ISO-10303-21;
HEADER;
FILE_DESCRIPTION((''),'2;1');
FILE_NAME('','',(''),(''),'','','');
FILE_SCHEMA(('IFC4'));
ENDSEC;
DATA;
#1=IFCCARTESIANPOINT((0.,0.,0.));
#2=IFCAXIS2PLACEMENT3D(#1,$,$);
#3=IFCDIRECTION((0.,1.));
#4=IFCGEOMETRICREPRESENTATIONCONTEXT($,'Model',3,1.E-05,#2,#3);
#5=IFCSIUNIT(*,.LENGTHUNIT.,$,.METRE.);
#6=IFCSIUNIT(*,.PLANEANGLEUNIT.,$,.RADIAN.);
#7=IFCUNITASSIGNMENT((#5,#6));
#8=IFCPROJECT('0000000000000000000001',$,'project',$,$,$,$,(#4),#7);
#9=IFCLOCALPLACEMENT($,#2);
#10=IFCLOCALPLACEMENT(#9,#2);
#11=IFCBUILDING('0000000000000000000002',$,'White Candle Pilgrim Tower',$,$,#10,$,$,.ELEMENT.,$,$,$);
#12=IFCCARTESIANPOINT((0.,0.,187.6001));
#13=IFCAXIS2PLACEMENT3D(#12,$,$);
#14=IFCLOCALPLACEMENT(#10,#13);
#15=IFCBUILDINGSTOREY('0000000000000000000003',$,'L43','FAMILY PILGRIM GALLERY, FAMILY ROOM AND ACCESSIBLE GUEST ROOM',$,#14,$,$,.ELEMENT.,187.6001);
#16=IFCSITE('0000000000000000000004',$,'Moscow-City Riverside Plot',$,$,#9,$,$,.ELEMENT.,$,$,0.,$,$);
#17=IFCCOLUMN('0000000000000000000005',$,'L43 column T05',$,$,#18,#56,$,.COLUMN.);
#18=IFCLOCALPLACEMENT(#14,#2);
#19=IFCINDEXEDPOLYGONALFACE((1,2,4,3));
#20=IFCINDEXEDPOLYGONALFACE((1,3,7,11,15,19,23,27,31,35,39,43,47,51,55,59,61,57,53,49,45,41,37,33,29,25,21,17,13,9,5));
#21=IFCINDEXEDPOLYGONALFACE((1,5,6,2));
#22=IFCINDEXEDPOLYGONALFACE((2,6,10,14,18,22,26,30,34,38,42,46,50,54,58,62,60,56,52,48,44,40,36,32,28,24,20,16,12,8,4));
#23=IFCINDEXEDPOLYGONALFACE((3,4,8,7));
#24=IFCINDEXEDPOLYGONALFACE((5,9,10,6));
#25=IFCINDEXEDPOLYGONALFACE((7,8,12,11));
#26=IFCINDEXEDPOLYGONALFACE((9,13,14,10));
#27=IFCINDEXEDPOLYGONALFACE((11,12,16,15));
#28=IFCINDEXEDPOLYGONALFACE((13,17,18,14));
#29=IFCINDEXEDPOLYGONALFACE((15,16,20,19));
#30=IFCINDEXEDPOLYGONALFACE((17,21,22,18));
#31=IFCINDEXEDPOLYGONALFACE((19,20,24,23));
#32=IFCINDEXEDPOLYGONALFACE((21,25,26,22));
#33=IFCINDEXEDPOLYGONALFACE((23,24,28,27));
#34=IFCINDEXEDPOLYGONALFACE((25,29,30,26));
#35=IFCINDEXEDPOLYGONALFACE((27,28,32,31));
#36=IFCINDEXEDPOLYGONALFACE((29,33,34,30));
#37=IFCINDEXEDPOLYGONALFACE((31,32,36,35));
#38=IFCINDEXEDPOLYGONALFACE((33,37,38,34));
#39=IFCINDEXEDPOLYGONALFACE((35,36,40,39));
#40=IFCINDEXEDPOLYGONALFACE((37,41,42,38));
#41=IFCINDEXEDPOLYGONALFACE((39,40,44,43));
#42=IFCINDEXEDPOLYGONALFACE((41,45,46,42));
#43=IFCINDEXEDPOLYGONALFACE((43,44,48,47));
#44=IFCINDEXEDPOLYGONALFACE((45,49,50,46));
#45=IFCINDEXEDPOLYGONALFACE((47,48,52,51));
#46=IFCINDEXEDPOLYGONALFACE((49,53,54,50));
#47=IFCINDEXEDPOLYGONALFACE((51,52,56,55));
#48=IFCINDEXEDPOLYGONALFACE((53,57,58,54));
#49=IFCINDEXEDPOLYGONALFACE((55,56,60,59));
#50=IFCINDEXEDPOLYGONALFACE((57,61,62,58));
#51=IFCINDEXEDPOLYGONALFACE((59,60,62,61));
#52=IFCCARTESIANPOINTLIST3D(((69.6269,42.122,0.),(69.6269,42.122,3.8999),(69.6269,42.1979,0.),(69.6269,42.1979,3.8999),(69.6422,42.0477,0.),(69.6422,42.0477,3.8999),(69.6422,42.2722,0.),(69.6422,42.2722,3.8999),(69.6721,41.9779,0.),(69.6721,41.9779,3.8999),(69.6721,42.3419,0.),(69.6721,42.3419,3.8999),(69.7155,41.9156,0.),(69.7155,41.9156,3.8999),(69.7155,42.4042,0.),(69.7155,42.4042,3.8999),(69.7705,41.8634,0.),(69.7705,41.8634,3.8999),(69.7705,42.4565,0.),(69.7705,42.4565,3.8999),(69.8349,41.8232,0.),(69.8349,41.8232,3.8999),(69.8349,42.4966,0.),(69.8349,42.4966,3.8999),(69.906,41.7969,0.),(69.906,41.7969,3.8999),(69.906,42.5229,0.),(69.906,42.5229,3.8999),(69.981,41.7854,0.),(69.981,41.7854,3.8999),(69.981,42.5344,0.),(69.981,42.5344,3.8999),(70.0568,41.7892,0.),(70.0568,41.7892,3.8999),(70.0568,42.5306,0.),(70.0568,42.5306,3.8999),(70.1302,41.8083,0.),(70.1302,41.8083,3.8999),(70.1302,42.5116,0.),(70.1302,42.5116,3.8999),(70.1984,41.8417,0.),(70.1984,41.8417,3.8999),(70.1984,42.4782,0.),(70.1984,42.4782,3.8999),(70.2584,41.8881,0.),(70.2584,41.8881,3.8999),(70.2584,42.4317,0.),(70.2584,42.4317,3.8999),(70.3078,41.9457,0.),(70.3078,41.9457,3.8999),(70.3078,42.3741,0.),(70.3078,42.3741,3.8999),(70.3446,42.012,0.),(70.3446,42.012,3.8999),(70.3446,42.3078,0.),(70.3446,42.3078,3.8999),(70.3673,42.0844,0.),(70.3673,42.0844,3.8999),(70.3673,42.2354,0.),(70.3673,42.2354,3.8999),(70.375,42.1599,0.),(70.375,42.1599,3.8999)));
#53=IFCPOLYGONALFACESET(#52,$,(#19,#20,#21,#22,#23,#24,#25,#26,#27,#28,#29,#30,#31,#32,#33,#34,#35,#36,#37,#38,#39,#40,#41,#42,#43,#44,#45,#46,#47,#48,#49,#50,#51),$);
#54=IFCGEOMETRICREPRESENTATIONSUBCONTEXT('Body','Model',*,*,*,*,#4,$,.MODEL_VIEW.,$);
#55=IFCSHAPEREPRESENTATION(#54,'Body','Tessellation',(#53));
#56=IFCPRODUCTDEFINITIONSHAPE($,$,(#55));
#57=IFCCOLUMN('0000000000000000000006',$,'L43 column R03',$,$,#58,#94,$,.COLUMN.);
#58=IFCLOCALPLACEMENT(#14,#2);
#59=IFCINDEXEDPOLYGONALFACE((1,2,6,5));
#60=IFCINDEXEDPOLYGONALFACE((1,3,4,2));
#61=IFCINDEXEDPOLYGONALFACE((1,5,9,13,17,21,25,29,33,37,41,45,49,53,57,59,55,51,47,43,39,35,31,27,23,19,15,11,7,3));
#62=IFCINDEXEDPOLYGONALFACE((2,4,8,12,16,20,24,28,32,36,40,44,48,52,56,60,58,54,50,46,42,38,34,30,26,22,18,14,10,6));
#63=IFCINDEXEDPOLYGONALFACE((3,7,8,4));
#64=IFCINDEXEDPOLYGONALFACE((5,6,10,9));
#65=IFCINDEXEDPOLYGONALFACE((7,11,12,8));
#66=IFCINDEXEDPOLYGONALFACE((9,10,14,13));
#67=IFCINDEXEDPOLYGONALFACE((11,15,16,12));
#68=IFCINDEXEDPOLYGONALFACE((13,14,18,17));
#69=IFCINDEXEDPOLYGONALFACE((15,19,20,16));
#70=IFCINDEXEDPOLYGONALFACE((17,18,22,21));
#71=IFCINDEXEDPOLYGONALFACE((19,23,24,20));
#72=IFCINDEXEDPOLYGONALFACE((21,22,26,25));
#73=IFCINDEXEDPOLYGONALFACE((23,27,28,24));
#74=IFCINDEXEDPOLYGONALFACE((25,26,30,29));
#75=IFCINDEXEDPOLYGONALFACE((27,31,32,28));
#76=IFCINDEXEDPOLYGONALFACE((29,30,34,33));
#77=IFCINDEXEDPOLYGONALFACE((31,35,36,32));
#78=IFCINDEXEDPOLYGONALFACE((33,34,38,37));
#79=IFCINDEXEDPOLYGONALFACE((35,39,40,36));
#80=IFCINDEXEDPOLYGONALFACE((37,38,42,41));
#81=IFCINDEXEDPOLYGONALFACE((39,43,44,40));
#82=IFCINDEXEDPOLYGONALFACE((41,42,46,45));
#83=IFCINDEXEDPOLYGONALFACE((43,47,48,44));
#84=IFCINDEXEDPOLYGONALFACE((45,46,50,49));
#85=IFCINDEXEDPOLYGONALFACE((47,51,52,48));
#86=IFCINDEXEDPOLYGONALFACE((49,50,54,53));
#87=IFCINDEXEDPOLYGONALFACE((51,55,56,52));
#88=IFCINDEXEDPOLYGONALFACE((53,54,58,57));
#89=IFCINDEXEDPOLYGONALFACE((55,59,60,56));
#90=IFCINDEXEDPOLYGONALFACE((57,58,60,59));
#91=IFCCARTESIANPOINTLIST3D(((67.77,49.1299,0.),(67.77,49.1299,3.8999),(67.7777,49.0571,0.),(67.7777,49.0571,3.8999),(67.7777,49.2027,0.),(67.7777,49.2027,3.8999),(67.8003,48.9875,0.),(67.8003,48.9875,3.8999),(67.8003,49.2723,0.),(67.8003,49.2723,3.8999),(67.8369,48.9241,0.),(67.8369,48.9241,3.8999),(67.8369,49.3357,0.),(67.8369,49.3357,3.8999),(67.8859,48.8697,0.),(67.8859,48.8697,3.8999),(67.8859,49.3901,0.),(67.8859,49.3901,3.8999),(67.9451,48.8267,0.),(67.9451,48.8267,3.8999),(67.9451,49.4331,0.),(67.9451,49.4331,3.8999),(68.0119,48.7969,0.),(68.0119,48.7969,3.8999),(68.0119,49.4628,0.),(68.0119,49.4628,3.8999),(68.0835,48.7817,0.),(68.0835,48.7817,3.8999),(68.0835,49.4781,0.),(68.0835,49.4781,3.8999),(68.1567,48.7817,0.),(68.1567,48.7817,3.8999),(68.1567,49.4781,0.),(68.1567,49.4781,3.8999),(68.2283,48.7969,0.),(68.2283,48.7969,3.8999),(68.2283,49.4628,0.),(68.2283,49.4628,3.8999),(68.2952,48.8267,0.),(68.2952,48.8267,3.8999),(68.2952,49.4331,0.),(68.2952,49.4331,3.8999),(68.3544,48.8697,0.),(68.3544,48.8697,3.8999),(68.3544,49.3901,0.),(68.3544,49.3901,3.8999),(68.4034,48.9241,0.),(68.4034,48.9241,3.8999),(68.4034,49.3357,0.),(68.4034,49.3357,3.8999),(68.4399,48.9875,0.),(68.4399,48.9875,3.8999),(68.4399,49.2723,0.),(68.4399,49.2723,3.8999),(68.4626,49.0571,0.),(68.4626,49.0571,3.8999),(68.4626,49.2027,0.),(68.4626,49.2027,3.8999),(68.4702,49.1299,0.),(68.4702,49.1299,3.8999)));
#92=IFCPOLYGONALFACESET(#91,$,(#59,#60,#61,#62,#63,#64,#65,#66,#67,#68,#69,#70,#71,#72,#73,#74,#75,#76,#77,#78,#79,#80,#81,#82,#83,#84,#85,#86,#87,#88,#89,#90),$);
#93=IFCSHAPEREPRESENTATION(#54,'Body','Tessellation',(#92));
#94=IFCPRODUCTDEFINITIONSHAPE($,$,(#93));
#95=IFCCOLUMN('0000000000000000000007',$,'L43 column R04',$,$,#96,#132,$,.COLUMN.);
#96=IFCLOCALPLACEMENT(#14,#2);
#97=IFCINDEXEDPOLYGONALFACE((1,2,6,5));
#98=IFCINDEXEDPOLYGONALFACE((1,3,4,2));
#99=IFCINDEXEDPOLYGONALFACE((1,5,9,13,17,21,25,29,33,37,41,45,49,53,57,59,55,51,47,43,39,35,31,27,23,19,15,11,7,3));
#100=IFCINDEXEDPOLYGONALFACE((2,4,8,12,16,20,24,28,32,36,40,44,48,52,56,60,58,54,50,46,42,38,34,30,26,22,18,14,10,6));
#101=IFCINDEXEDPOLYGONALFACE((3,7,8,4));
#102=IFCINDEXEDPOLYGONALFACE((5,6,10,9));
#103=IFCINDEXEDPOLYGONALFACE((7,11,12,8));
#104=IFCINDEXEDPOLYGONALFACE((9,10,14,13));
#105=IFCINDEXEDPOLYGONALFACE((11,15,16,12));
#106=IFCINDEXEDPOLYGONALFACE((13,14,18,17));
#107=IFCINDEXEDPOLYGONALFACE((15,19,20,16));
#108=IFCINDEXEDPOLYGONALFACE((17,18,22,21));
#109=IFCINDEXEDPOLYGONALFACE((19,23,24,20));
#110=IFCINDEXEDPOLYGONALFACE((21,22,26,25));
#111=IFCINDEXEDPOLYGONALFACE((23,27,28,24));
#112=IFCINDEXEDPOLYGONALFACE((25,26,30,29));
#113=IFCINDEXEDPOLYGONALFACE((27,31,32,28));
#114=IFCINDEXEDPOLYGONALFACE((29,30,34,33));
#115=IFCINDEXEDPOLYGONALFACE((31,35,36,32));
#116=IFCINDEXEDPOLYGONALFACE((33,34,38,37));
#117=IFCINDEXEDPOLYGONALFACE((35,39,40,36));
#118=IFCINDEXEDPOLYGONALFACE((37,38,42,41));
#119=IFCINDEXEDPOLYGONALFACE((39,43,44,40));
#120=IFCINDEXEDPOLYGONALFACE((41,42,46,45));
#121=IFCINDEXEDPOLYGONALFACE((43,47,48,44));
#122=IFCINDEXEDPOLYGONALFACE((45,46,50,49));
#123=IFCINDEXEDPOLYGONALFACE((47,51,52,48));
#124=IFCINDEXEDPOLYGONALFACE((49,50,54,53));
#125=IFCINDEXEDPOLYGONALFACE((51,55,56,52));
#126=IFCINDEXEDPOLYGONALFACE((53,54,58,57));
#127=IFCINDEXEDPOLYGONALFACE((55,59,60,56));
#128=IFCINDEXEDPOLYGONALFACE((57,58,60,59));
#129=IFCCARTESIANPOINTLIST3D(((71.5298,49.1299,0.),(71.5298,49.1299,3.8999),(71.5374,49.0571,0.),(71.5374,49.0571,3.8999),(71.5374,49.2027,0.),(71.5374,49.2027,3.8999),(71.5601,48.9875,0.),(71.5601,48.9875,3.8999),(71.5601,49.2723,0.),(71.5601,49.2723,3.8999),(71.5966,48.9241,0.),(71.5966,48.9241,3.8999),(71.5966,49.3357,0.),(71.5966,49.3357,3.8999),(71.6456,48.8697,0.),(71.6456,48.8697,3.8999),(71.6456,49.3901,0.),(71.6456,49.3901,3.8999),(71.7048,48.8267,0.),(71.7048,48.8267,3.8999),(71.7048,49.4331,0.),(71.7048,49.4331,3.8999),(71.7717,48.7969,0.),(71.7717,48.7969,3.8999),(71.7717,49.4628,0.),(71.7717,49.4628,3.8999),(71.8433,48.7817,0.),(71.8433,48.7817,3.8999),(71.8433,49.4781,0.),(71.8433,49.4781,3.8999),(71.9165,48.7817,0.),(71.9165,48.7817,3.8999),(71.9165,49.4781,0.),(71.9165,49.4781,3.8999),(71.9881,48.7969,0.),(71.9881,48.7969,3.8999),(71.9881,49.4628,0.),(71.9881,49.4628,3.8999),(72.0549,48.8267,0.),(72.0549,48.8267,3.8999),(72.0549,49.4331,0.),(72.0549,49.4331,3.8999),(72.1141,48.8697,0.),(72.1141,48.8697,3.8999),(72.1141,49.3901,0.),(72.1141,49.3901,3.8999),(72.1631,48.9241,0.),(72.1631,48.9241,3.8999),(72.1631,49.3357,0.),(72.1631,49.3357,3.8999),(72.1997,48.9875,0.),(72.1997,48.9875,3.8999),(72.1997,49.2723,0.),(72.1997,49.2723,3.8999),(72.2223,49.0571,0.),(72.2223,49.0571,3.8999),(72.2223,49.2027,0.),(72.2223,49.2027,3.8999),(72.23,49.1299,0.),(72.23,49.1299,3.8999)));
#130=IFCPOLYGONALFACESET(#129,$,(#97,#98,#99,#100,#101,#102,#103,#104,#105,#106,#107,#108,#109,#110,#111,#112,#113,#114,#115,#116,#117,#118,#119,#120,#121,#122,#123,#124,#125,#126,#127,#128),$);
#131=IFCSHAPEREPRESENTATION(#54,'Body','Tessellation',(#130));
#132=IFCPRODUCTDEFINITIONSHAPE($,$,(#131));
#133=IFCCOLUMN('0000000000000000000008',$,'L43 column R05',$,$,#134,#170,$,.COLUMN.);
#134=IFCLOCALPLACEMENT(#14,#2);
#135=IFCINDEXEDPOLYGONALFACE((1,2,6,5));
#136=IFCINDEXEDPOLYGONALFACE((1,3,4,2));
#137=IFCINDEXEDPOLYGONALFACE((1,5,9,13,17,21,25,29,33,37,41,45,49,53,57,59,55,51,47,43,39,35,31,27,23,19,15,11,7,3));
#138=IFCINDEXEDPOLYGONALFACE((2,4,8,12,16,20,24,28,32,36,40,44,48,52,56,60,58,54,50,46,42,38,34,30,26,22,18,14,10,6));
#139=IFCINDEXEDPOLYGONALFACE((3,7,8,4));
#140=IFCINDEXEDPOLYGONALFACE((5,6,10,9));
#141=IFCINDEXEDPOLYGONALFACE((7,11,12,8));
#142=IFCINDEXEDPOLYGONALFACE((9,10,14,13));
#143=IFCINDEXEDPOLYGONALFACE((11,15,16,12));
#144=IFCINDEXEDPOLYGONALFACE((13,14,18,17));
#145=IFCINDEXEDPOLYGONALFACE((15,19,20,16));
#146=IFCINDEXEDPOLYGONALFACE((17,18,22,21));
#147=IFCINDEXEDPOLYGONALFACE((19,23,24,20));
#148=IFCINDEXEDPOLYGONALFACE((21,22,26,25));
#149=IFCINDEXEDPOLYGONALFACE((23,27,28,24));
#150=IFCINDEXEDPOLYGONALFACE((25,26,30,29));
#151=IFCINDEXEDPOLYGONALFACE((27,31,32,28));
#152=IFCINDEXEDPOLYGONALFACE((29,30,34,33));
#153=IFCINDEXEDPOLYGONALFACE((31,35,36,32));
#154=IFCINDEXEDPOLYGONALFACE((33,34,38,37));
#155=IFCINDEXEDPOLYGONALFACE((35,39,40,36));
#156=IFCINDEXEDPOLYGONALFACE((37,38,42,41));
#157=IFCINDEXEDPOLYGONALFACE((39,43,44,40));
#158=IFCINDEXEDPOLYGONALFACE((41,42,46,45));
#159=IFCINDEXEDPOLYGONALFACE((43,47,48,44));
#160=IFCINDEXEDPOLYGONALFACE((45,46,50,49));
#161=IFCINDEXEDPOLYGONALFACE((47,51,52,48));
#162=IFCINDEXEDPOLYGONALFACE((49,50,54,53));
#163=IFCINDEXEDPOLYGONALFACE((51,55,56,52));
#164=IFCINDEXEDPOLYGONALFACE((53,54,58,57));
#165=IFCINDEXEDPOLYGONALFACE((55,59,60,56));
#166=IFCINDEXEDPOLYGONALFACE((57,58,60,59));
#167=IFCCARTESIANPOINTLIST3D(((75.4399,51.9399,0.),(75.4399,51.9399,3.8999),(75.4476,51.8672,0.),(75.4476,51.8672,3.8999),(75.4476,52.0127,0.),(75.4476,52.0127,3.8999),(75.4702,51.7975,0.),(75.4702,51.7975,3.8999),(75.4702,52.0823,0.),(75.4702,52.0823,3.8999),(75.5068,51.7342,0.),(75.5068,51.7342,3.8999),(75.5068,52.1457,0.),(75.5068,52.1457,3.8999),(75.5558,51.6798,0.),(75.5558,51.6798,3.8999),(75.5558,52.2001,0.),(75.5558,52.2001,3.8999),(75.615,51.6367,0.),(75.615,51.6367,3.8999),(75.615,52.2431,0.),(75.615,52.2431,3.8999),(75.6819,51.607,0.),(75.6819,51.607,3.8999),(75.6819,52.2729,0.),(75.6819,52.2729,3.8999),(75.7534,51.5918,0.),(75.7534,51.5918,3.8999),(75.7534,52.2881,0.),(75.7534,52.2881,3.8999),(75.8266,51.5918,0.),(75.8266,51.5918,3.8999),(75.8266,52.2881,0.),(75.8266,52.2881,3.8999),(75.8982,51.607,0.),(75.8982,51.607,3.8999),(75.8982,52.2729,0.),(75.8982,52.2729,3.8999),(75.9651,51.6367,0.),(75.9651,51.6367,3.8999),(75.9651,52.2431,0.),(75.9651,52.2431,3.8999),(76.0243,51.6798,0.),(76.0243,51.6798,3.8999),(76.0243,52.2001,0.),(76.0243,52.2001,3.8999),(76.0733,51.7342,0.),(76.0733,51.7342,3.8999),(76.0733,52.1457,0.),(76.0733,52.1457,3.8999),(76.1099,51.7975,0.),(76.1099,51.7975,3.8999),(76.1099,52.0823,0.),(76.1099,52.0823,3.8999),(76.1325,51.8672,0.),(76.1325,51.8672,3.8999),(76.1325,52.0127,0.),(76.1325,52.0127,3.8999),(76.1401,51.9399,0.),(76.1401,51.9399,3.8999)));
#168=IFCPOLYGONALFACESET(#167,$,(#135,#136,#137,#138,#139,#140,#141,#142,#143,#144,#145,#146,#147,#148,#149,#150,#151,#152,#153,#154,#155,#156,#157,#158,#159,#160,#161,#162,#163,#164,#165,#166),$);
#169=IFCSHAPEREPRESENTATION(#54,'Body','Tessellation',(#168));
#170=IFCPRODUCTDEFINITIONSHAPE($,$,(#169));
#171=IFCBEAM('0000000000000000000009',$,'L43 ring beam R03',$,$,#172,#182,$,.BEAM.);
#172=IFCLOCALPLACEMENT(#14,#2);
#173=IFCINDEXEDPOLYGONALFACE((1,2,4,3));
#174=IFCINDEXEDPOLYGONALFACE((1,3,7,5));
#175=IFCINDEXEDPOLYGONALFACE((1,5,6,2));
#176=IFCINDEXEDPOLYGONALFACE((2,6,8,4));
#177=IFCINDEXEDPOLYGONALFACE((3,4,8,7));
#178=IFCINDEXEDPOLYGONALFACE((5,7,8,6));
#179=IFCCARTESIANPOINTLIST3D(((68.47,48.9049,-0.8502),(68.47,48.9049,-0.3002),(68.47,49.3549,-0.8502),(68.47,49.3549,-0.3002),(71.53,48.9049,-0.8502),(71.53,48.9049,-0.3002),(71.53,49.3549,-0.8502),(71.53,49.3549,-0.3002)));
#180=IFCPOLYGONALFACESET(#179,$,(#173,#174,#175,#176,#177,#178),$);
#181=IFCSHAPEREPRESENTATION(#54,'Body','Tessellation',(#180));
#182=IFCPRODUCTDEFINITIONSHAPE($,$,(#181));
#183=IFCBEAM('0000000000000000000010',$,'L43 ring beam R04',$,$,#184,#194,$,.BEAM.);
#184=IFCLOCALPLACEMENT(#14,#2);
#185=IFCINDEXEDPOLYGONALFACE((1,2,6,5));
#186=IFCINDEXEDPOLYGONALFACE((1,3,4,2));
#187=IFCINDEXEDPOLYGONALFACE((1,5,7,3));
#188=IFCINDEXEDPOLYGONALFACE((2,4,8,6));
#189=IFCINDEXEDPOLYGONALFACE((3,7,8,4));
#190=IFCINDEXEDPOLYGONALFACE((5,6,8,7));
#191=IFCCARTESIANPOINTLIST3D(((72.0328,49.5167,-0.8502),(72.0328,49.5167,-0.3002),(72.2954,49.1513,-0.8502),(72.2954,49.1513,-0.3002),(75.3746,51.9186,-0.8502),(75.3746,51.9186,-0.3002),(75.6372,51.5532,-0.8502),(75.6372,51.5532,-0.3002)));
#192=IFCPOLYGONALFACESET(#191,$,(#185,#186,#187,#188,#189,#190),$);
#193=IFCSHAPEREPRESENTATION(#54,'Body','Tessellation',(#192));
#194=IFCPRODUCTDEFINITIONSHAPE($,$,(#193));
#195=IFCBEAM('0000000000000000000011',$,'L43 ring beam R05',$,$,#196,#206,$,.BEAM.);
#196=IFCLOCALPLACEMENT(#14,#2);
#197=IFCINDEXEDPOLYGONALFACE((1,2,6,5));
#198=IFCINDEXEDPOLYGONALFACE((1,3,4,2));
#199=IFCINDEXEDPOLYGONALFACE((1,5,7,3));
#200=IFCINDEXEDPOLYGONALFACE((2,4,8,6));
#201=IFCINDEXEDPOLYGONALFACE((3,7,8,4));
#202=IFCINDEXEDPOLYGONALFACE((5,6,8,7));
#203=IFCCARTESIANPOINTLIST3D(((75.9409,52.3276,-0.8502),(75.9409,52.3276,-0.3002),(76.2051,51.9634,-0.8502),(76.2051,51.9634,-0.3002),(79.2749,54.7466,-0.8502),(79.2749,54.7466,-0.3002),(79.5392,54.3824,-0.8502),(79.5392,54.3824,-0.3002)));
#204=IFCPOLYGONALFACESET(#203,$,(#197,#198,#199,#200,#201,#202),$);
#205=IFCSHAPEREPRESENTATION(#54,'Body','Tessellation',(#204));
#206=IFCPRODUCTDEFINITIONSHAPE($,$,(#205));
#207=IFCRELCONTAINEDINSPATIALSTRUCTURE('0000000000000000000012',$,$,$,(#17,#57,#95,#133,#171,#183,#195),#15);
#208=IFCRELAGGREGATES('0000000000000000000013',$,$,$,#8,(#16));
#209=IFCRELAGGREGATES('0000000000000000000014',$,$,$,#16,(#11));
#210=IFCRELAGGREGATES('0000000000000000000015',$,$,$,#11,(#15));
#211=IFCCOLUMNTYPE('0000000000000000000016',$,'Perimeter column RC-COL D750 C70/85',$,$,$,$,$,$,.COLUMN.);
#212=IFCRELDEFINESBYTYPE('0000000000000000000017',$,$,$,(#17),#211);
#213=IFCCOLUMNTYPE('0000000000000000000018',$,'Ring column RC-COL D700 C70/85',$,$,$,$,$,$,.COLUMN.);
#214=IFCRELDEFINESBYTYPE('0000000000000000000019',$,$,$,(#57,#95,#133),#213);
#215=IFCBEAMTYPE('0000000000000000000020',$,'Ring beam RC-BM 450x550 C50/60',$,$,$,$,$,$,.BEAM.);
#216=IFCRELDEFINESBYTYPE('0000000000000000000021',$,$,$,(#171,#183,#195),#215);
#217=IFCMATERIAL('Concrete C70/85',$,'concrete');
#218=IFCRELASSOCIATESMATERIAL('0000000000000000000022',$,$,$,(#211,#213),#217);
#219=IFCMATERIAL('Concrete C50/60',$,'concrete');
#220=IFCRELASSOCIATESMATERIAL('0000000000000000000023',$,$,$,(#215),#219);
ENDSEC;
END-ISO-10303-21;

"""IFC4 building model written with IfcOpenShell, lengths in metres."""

from ifc_helpers import new_model, si_unit, direction, frame, origin, origin_2d, place, context, subcontext, project, spatial, rectangle, circle, extrude, material, material_profile, profile_set, type_object, element, save


model = new_model("IFC4")

# Units and contexts
model_context = context("Model", 3, precision=1e-05, world=origin(), true_north=direction((0.0, 1.0)))
body_context = subcontext(model_context, "Body", "Model", "MODEL_VIEW")
ifc_project = project(units=[si_unit("LENGTHUNIT", "METRE"), si_unit("PLANEANGLEUNIT", "RADIAN")], contexts=[model_context])

# Site, building, storey
site_placement = place(None, origin())
site = spatial("IfcSite", under=ifc_project, at=site_placement, Name="Moscow-City Riverside Plot", CompositionType="ELEMENT", RefElevation=0.0)
building_placement = place(site_placement, origin())
building = spatial("IfcBuilding", under=site, at=building_placement, Name="White Candle Pilgrim Tower", CompositionType="ELEMENT")
storey_placement = place(building_placement, frame((0.0, 0.0, 187.6001)))
storey = spatial("IfcBuildingStorey", under=building, at=storey_placement, Name="L43", Description="FAMILY PILGRIM GALLERY, FAMILY ROOM AND ACCESSIBLE GUEST ROOM", CompositionType="ELEMENT", Elevation=187.6001)

# Columns
ifc_material_1 = material(Name="Concrete C70/85", Category="concrete")
ifc_material_profile_1 = material_profile(ifc_material_1, circle(Radius=0.375, at=origin_2d()), Name="RC-COL D750")
ifc_profile_set_1 = profile_set([ifc_material_profile_1], Name="Concrete C70/85")
column_type_1 = type_object("IfcColumnType", Name="Perimeter column RC-COL D750 C70/85", PredefinedType="COLUMN", material=ifc_profile_set_1)
column_placement = place(storey_placement, frame((70.0, 42.1599, 0.0), z_axis=(0.0, 0.0, 1.0), x_axis=(1.0, 0.0, 0.0)))
element("IfcColumn", 1, at=column_placement, inside=storey, type_object=column_type_1, Name="L43 column T05", PredefinedType="COLUMN", context=body_context, shape_type="SweptSolid", body=[
    extrude(circle(Radius=0.375, at=origin_2d()), origin(), (0.0, 0.0, 1.0), 3.8999),
])
ifc_material_profile_2 = material_profile(ifc_material_1, circle(Radius=0.3501, at=origin_2d()), Name="RC-COL D700")
ifc_profile_set_2 = profile_set([ifc_material_profile_2], Name="Concrete C70/85")
column_type_2 = type_object("IfcColumnType", Name="Ring column RC-COL D700 C70/85", PredefinedType="COLUMN", material=ifc_profile_set_2)
for number, where, z_axis, x_axis, name in (
    (2, (68.1201, 49.1299, 0.0), (0.0, 0.0, 1.0), (1.0, 0.0, 0.0), "L43 column R03"),
    (3, (71.8799, 49.1299, 0.0), (0.0, 0.0, 1.0), (1.0, 0.0, 0.0), "L43 column R04"),
    (4, (75.79, 51.9399, 0.0), (0.0, 0.0, 1.0), (1.0, 0.0, 0.0), "L43 column R05"),
):
    element("IfcColumn", number, at=place(storey_placement, frame(where, z_axis=z_axis, x_axis=x_axis)), inside=storey, type_object=column_type_2, Name=name, PredefinedType="COLUMN", context=body_context, shape_type="SweptSolid", body=[
        extrude(circle(Radius=0.3501, at=origin_2d()), origin(), (0.0, 0.0, 1.0), 3.8999),
    ])

# Beams
ifc_material_2 = material(Name="Concrete C50/60", Category="concrete")
ifc_material_profile_3 = material_profile(ifc_material_2, rectangle(XDim=0.45, YDim=0.55, at=origin_2d()), Name="RC-BM 450x550")
ifc_profile_set_3 = profile_set([ifc_material_profile_3], Name="Concrete C50/60")
beam_type = type_object("IfcBeamType", Name="Ring beam RC-BM 450x550 C50/60", PredefinedType="BEAM", material=ifc_profile_set_3)
beam_1_placement = place(storey_placement, frame((68.47, 49.1299, -0.5752), z_axis=(1.0, 0.0, 0.0), x_axis=(0.0, 1.0, 0.0)))
element("IfcBeam", 5, at=beam_1_placement, inside=storey, type_object=beam_type, Name="L43 ring beam R03", PredefinedType="BEAM", context=body_context, shape_type="SweptSolid", body=[
    extrude(rectangle(XDim=0.45, YDim=0.55, at=origin_2d()), origin(), (0.0, 0.0, 1.0), 3.0601),
])
beam_2_placement = place(storey_placement, frame((72.1641, 49.334, -0.5752), z_axis=(0.812022, 0.583626, 0.0), x_axis=(-0.583626, 0.812022, 0.0)))
element("IfcBeam", 6, at=beam_2_placement, inside=storey, type_object=beam_type, Name="L43 ring beam R04", PredefinedType="BEAM", context=body_context, shape_type="SweptSolid", body=[
    extrude(rectangle(XDim=0.45, YDim=0.55, at=origin_2d()), origin(), (0.0, 0.0, 1.0), 4.1155),
])
beam_3_placement = place(storey_placement, frame((76.073, 52.1455, -0.5752), z_axis=(0.809402, 0.587255, 0.0), x_axis=(-0.587255, 0.809402, 0.0)))
element("IfcBeam", 7, at=beam_3_placement, inside=storey, type_object=beam_type, Name="L43 ring beam R05", PredefinedType="BEAM", context=body_context, shape_type="SweptSolid", body=[
    extrude(rectangle(XDim=0.45, YDim=0.55, at=origin_2d()), origin(), (0.0, 0.0, 1.0), 4.1191),
])

save(model, "model.ifc")
